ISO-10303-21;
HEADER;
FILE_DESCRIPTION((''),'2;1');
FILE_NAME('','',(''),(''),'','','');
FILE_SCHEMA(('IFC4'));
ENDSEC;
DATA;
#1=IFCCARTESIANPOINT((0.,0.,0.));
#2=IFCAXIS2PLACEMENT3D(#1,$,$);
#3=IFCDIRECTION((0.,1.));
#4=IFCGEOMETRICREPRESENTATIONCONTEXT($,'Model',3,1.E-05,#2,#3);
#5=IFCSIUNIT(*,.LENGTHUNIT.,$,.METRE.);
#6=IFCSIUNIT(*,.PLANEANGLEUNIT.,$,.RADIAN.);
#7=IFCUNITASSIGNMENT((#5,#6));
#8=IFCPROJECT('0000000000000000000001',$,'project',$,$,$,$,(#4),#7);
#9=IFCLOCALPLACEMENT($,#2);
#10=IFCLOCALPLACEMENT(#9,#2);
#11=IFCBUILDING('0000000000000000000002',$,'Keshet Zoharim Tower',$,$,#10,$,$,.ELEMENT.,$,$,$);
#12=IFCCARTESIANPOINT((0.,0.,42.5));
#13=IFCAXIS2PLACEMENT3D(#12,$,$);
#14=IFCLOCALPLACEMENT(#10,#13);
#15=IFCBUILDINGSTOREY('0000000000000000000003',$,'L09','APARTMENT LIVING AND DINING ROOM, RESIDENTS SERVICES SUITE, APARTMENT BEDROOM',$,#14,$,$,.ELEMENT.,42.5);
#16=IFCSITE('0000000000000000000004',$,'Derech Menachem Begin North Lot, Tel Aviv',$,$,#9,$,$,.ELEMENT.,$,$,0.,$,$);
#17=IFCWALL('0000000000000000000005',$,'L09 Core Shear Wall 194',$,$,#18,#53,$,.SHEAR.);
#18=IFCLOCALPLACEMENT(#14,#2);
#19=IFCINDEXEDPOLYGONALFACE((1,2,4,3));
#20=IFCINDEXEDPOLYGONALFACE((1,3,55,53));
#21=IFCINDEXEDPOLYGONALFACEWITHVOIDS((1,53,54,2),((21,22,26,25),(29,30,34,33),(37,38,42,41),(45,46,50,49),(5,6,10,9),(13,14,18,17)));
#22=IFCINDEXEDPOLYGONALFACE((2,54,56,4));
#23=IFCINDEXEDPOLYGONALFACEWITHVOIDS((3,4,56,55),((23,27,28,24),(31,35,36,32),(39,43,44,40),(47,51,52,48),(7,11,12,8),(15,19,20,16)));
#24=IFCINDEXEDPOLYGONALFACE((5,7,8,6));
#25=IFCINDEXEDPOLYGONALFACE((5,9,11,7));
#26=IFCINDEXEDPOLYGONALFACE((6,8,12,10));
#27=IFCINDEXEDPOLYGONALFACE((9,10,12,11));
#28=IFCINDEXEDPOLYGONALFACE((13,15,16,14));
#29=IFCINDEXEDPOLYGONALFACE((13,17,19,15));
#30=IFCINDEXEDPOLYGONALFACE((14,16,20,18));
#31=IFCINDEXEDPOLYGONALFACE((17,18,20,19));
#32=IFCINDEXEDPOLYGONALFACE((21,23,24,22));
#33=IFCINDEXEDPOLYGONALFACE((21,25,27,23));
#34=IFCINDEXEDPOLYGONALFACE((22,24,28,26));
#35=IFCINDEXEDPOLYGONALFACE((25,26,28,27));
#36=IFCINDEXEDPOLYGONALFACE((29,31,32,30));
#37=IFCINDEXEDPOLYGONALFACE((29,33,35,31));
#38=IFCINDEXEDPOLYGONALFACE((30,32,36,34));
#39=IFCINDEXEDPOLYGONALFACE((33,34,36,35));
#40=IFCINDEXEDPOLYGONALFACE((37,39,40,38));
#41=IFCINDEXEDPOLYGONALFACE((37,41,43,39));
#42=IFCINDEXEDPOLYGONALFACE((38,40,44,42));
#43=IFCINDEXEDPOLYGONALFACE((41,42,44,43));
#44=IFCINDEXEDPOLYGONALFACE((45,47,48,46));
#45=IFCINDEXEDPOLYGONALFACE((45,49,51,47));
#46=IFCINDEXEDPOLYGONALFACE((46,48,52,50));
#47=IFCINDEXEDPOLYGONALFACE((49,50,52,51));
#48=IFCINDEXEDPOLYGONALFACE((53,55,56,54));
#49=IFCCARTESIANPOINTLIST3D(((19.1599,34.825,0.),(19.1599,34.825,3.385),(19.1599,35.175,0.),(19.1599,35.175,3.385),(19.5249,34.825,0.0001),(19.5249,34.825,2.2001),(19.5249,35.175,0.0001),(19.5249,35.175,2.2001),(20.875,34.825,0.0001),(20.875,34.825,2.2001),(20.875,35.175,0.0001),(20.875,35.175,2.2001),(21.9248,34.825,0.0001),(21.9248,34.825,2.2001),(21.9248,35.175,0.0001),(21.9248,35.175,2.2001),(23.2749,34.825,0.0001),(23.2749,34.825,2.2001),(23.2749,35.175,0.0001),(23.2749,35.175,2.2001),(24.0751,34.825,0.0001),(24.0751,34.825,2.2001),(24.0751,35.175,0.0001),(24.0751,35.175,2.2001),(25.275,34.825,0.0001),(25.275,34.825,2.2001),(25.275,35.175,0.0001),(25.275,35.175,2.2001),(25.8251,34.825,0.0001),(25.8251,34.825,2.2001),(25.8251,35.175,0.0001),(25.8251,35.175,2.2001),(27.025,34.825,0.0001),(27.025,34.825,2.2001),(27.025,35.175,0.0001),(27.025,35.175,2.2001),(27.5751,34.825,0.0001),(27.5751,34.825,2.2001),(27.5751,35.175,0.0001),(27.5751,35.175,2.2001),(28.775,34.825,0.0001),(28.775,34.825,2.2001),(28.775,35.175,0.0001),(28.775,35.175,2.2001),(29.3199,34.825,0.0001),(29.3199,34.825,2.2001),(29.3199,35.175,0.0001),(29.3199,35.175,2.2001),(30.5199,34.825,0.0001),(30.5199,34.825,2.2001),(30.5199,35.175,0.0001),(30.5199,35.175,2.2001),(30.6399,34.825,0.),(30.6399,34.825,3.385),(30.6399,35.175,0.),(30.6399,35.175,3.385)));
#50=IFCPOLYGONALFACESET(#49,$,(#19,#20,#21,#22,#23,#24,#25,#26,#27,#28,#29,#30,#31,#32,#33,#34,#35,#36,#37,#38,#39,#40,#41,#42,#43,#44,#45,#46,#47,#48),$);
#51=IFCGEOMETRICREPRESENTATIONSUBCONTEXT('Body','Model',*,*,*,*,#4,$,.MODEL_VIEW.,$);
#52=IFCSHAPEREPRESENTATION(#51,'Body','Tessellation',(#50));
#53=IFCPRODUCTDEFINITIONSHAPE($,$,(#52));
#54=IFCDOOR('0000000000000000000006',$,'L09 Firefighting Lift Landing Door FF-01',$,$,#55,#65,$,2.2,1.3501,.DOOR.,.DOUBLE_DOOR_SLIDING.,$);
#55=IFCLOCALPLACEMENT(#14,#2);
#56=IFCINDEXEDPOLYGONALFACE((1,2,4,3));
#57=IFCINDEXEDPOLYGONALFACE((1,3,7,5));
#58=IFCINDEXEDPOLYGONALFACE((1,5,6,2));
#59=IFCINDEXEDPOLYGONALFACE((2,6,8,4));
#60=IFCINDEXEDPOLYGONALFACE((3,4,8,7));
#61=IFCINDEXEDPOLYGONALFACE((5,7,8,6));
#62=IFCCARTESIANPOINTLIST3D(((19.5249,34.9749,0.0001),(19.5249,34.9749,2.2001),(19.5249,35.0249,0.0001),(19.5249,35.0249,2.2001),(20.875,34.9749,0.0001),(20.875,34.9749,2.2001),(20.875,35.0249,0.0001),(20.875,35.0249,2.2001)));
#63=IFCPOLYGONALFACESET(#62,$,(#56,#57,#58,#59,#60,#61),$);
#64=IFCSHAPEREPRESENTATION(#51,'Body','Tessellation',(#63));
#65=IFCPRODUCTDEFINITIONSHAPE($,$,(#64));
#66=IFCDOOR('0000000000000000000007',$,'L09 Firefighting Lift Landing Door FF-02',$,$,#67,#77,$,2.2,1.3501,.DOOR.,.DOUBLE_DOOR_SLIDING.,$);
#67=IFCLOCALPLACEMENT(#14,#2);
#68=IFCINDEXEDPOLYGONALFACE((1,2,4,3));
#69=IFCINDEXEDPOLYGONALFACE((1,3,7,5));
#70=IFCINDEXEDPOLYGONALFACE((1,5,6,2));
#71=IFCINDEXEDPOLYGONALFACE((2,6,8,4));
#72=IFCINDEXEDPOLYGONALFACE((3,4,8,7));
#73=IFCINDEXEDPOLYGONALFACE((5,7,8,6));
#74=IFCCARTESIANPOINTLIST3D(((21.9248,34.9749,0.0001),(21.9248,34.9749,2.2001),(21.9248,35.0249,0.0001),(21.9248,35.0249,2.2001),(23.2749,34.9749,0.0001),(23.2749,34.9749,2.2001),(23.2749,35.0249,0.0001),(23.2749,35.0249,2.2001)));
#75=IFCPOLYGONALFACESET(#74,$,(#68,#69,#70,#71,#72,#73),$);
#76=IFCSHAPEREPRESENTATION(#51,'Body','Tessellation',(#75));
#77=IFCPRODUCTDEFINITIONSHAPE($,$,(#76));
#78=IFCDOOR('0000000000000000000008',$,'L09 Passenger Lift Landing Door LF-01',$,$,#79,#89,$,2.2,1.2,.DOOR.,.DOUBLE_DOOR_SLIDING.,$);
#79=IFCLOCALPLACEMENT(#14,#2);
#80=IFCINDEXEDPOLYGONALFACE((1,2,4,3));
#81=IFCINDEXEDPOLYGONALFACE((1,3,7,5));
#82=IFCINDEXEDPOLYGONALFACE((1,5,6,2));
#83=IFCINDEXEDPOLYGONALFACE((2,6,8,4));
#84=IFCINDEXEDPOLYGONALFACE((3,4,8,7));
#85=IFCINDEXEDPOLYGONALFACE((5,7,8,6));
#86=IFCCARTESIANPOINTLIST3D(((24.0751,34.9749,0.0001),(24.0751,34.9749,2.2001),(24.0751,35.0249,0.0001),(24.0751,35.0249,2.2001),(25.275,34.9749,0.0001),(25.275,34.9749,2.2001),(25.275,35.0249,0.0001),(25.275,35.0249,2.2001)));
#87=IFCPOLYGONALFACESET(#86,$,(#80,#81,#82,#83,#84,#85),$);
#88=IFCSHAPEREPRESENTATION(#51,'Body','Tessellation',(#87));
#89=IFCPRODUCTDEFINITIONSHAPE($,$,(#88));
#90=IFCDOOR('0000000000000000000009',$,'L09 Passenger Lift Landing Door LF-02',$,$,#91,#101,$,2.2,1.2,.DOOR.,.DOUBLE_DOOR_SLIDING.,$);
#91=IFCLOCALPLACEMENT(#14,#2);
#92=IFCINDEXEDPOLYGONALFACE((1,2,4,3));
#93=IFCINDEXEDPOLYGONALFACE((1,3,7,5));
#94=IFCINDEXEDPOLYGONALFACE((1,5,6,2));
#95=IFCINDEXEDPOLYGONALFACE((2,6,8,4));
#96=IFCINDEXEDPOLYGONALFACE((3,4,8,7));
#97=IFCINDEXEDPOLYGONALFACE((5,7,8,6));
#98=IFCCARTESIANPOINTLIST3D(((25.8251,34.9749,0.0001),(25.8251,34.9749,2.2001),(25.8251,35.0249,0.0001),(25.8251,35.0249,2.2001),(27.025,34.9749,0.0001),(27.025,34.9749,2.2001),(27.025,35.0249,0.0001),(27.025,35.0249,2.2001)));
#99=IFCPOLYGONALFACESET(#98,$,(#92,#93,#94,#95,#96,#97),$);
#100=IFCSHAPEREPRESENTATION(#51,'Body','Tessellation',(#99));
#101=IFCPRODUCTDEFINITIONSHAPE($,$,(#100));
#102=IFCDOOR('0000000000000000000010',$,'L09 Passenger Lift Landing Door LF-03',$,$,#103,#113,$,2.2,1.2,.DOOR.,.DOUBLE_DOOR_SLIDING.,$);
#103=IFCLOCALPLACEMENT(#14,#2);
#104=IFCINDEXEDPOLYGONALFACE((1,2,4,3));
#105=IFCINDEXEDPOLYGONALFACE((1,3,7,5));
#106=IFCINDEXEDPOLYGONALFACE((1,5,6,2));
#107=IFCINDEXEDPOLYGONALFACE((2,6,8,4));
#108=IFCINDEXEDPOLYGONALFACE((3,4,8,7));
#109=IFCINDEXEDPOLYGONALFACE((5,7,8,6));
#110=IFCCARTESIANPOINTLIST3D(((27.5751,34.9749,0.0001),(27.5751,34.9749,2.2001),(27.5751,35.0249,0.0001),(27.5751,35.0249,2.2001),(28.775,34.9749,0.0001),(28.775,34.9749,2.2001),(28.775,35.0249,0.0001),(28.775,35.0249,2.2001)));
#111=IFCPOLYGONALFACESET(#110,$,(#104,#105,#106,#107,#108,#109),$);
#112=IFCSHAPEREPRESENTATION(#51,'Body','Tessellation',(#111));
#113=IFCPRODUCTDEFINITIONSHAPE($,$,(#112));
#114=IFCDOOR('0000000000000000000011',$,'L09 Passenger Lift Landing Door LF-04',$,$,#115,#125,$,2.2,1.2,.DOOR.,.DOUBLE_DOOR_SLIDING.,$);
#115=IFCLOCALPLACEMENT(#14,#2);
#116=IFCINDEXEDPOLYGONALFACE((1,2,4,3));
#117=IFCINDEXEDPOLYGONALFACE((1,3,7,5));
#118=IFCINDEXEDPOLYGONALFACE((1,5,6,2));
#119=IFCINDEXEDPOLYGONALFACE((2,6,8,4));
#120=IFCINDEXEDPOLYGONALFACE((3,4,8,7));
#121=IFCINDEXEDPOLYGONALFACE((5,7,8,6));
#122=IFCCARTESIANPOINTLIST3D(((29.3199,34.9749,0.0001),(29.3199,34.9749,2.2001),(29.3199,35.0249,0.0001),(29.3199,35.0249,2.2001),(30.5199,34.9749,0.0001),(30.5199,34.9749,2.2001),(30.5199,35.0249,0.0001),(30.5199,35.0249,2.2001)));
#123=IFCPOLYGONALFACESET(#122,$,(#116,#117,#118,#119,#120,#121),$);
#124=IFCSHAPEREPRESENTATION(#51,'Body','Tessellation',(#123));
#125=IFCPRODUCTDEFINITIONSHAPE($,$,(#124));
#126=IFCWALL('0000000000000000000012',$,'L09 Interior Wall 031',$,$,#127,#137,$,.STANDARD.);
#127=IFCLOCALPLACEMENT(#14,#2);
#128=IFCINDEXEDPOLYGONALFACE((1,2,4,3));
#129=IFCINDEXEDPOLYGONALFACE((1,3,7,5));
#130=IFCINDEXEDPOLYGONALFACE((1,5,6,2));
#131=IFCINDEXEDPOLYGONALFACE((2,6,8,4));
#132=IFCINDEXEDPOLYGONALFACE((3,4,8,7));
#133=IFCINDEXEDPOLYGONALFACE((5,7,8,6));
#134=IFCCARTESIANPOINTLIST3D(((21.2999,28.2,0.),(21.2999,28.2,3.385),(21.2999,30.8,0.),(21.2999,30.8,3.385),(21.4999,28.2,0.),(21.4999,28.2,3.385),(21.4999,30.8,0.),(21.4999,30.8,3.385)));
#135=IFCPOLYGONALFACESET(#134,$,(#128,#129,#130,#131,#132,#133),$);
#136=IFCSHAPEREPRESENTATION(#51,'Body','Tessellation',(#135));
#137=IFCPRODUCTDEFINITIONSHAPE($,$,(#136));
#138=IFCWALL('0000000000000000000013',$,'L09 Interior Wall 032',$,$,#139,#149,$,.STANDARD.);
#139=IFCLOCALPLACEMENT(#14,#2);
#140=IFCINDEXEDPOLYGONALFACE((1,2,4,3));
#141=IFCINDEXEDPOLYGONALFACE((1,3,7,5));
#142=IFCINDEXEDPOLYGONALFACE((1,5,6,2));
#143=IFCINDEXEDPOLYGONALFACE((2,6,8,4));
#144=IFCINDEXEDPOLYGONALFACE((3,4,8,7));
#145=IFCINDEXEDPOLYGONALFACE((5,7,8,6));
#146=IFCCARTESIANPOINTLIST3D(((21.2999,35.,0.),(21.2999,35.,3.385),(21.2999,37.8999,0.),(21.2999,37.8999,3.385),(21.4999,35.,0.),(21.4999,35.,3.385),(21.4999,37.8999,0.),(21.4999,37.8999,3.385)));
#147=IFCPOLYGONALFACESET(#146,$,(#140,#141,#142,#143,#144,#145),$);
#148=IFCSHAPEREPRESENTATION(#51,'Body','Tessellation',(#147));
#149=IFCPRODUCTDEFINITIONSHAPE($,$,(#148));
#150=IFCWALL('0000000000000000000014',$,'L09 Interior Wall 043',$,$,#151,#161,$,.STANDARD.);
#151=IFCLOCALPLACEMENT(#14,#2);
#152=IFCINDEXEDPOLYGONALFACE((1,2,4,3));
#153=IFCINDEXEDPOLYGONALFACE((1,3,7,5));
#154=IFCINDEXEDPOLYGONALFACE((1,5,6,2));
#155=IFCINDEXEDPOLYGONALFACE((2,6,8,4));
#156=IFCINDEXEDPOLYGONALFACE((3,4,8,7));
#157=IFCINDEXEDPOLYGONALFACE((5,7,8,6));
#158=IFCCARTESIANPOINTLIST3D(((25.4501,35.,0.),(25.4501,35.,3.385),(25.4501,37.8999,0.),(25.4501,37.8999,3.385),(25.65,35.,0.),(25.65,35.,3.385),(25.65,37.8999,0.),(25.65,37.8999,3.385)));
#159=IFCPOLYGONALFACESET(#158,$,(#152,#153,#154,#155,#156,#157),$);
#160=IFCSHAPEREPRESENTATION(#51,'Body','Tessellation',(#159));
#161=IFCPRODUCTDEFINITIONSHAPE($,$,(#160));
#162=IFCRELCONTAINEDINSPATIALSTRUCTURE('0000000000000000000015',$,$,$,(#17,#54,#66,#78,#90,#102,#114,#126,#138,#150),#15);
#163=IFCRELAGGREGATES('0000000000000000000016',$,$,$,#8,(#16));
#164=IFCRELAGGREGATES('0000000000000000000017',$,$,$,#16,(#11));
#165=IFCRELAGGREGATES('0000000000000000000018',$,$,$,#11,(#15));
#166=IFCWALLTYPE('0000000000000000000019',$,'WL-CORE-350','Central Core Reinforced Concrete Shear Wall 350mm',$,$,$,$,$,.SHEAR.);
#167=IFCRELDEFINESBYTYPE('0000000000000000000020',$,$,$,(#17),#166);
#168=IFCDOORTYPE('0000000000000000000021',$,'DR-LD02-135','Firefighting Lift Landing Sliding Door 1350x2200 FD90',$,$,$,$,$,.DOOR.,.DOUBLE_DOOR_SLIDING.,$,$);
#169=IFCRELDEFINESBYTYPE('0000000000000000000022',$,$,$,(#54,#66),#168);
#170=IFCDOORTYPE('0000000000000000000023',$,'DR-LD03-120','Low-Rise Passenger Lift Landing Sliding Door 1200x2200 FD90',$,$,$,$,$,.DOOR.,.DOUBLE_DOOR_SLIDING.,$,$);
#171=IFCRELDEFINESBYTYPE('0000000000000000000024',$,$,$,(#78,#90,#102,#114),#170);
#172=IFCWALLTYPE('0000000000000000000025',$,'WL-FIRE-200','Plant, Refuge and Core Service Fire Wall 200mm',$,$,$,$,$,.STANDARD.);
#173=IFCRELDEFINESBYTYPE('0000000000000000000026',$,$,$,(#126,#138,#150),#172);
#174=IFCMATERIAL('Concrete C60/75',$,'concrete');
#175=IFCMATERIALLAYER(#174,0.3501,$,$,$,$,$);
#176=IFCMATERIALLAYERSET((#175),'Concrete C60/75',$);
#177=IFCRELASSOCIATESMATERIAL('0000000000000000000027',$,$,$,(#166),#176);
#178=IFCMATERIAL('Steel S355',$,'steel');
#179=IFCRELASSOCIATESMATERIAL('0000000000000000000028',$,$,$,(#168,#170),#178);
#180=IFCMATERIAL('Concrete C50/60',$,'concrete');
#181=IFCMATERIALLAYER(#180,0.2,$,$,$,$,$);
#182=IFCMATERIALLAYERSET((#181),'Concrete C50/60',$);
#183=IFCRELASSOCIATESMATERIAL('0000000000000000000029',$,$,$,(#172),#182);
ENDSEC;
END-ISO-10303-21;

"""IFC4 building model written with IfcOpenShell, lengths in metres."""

from ifc_helpers import new_model, si_unit, direction, frame, frame_2d, origin, place, context, subcontext, project, spatial, rectangle, extrude, material, layer, layer_set, type_object, element, fill, save


model = new_model("IFC4")

# Units and contexts
model_context = context("Model", 3, precision=1e-05, world=origin(), true_north=direction((0.0, 1.0)))
body_context = subcontext(model_context, "Body", "Model", "MODEL_VIEW")
ifc_project = project(units=[si_unit("LENGTHUNIT", "METRE"), si_unit("PLANEANGLEUNIT", "RADIAN")], contexts=[model_context])

# Site, building, storey
site_placement = place(None, origin())
site = spatial("IfcSite", under=ifc_project, at=site_placement, Name="Derech Menachem Begin North Lot, Tel Aviv", CompositionType="ELEMENT", RefElevation=0.0)
building_placement = place(site_placement, origin())
building = spatial("IfcBuilding", under=site, at=building_placement, Name="Keshet Zoharim Tower", CompositionType="ELEMENT")
storey_placement = place(building_placement, frame((0.0, 0.0, 42.5)))
storey = spatial("IfcBuildingStorey", under=building, at=storey_placement, Name="L09", Description="APARTMENT LIVING AND DINING ROOM, RESIDENTS SERVICES SUITE, APARTMENT BEDROOM", CompositionType="ELEMENT", Elevation=42.5)

# Shared definitions
ifc_material_1 = material(Name="Concrete C60/75", Category="concrete")
ifc_layer_1 = layer(ifc_material_1, 0.3501)
ifc_layer_set_1 = layer_set([ifc_layer_1], Name="Concrete C60/75")
wall_type_1 = type_object("IfcWallType", Name="WL-CORE-350", Description="Central Core Reinforced Concrete Shear Wall 350mm", PredefinedType="SHEAR", material=ifc_layer_set_1)

# Shared definitions
ifc_material_2 = material(Name="Steel S355", Category="steel")

# Wall, openings, doors
wall_1_placement = place(storey_placement, frame((19.1599, 35.0, 0.0), z_axis=(0.0, 0.0, 1.0), x_axis=(1.0, 0.0, 0.0)))
wall_1 = element("IfcWall", 1, at=wall_1_placement, inside=storey, type_object=wall_type_1, Name="L09 Core Shear Wall 194", PredefinedType="SHEAR", context=body_context, shape_type="SweptSolid", body=[
    extrude(rectangle(XDim=11.48, YDim=0.3501, at=frame_2d((5.74, 0.0))), origin(), (0.0, 0.0, 1.0), 3.385),
])
opening_1_placement = place(wall_1_placement, frame((0.365, 0.0, 0.0)))
opening_1 = element("IfcOpeningElement", 2, at=opening_1_placement, cuts=wall_1, PredefinedType="OPENING", context=body_context, shape_type="SweptSolid", body=[
    extrude(rectangle(XDim=1.3501, YDim=2.2, at=frame_2d((0.675, 1.1001))), frame((0.0, 0.1851, 0.0), z_axis=(0.0, -1.0, 0.0), x_axis=(1.0, 0.0, 0.0)), (0.0, 0.0, 1.0), 0.3701),
])
opening_2_placement = place(wall_1_placement, frame((2.7649, 0.0, 0.0)))
opening_2 = element("IfcOpeningElement", 3, at=opening_2_placement, cuts=wall_1, PredefinedType="OPENING", context=body_context, shape_type="SweptSolid", body=[
    extrude(rectangle(XDim=1.3501, YDim=2.2, at=frame_2d((0.675, 1.1001))), frame((0.0, 0.1851, 0.0), z_axis=(0.0, -1.0, 0.0), x_axis=(1.0, 0.0, 0.0)), (0.0, 0.0, 1.0), 0.3701),
])
opening_3_placement = place(wall_1_placement, frame((4.915, 0.0, 0.0)))
opening_3 = element("IfcOpeningElement", 4, at=opening_3_placement, cuts=wall_1, PredefinedType="OPENING", context=body_context, shape_type="SweptSolid", body=[
    extrude(rectangle(XDim=1.2, YDim=2.2, at=frame_2d((0.6001, 1.1001))), frame((0.0, 0.1851, 0.0), z_axis=(0.0, -1.0, 0.0), x_axis=(1.0, 0.0, 0.0)), (0.0, 0.0, 1.0), 0.3701),
])
opening_4_placement = place(wall_1_placement, frame((6.665, 0.0, 0.0)))
opening_4 = element("IfcOpeningElement", 5, at=opening_4_placement, cuts=wall_1, PredefinedType="OPENING", context=body_context, shape_type="SweptSolid", body=[
    extrude(rectangle(XDim=1.2, YDim=2.2, at=frame_2d((0.6001, 1.1001))), frame((0.0, 0.1851, 0.0), z_axis=(0.0, -1.0, 0.0), x_axis=(1.0, 0.0, 0.0)), (0.0, 0.0, 1.0), 0.3701),
])
opening_5_placement = place(wall_1_placement, frame((8.415, 0.0, 0.0)))
opening_5 = element("IfcOpeningElement", 6, at=opening_5_placement, cuts=wall_1, PredefinedType="OPENING", context=body_context, shape_type="SweptSolid", body=[
    extrude(rectangle(XDim=1.2, YDim=2.2, at=frame_2d((0.6001, 1.1001))), frame((0.0, 0.1851, 0.0), z_axis=(0.0, -1.0, 0.0), x_axis=(1.0, 0.0, 0.0)), (0.0, 0.0, 1.0), 0.3701),
])
opening_6_placement = place(wall_1_placement, frame((10.1599, 0.0, 0.0)))
opening_6 = element("IfcOpeningElement", 7, at=opening_6_placement, cuts=wall_1, PredefinedType="OPENING", context=body_context, shape_type="SweptSolid", body=[
    extrude(rectangle(XDim=1.2, YDim=2.2, at=frame_2d((0.6001, 1.1001))), frame((0.0, 0.1851, 0.0), z_axis=(0.0, -1.0, 0.0), x_axis=(1.0, 0.0, 0.0)), (0.0, 0.0, 1.0), 0.3701),
])
door_type_1 = type_object("IfcDoorType", Name="DR-LD02-135", Description="Firefighting Lift Landing Sliding Door 1350x2200 FD90", OperationType="DOUBLE_DOOR_SLIDING", PredefinedType="DOOR", material=ifc_material_2)
door_1_placement = place(opening_1_placement, origin())
door_1 = element("IfcDoor", 8, at=door_1_placement, inside=storey, type_object=door_type_1, Name="L09 Firefighting Lift Landing Door FF-01", OperationType="DOUBLE_DOOR_SLIDING", OverallHeight=2.2, OverallWidth=1.3501, PredefinedType="DOOR", context=body_context, shape_type="SweptSolid", body=[
    extrude(rectangle(XDim=1.3501, YDim=2.2, at=frame_2d((0.675, 1.1001))), frame((0.0, 0.0249, 0.0), z_axis=(0.0, -1.0, 0.0), x_axis=(1.0, 0.0, 0.0)), (0.0, 0.0, 1.0), 0.05),
])
fill(opening_1, door_1)
door_2_placement = place(opening_2_placement, origin())
door_2 = element("IfcDoor", 9, at=door_2_placement, inside=storey, type_object=door_type_1, Name="L09 Firefighting Lift Landing Door FF-02", OperationType="DOUBLE_DOOR_SLIDING", OverallHeight=2.2, OverallWidth=1.3501, PredefinedType="DOOR", context=body_context, shape_type="SweptSolid", body=[
    extrude(rectangle(XDim=1.3501, YDim=2.2, at=frame_2d((0.675, 1.1001))), frame((0.0, 0.0249, 0.0), z_axis=(0.0, -1.0, 0.0), x_axis=(1.0, 0.0, 0.0)), (0.0, 0.0, 1.0), 0.05),
])
fill(opening_2, door_2)
door_type_2 = type_object("IfcDoorType", Name="DR-LD03-120", Description="Low-Rise Passenger Lift Landing Sliding Door 1200x2200 FD90", OperationType="DOUBLE_DOOR_SLIDING", PredefinedType="DOOR", material=ifc_material_2)
door_3_placement = place(opening_3_placement, origin())
door_3 = element("IfcDoor", 10, at=door_3_placement, inside=storey, type_object=door_type_2, Name="L09 Passenger Lift Landing Door LF-01", OperationType="DOUBLE_DOOR_SLIDING", OverallHeight=2.2, OverallWidth=1.2, PredefinedType="DOOR", context=body_context, shape_type="SweptSolid", body=[
    extrude(rectangle(XDim=1.2, YDim=2.2, at=frame_2d((0.6001, 1.1001))), frame((0.0, 0.0249, 0.0), z_axis=(0.0, -1.0, 0.0), x_axis=(1.0, 0.0, 0.0)), (0.0, 0.0, 1.0), 0.05),
])
fill(opening_3, door_3)
door_4_placement = place(opening_4_placement, origin())
door_4 = element("IfcDoor", 11, at=door_4_placement, inside=storey, type_object=door_type_2, Name="L09 Passenger Lift Landing Door LF-02", OperationType="DOUBLE_DOOR_SLIDING", OverallHeight=2.2, OverallWidth=1.2, PredefinedType="DOOR", context=body_context, shape_type="SweptSolid", body=[
    extrude(rectangle(XDim=1.2, YDim=2.2, at=frame_2d((0.6001, 1.1001))), frame((0.0, 0.0249, 0.0), z_axis=(0.0, -1.0, 0.0), x_axis=(1.0, 0.0, 0.0)), (0.0, 0.0, 1.0), 0.05),
])
fill(opening_4, door_4)
door_5_placement = place(opening_5_placement, origin())
door_5 = element("IfcDoor", 12, at=door_5_placement, inside=storey, type_object=door_type_2, Name="L09 Passenger Lift Landing Door LF-03", OperationType="DOUBLE_DOOR_SLIDING", OverallHeight=2.2, OverallWidth=1.2, PredefinedType="DOOR", context=body_context, shape_type="SweptSolid", body=[
    extrude(rectangle(XDim=1.2, YDim=2.2, at=frame_2d((0.6001, 1.1001))), frame((0.0, 0.0249, 0.0), z_axis=(0.0, -1.0, 0.0), x_axis=(1.0, 0.0, 0.0)), (0.0, 0.0, 1.0), 0.05),
])
fill(opening_5, door_5)
door_6_placement = place(opening_6_placement, origin())
door_6 = element("IfcDoor", 13, at=door_6_placement, inside=storey, type_object=door_type_2, Name="L09 Passenger Lift Landing Door LF-04", OperationType="DOUBLE_DOOR_SLIDING", OverallHeight=2.2, OverallWidth=1.2, PredefinedType="DOOR", context=body_context, shape_type="SweptSolid", body=[
    extrude(rectangle(XDim=1.2, YDim=2.2, at=frame_2d((0.6001, 1.1001))), frame((0.0, 0.0249, 0.0), z_axis=(0.0, -1.0, 0.0), x_axis=(1.0, 0.0, 0.0)), (0.0, 0.0, 1.0), 0.05),
])
fill(opening_6, door_6)

# Walls
ifc_material_3 = material(Name="Concrete C50/60", Category="concrete")
ifc_layer_2 = layer(ifc_material_3, 0.2)
ifc_layer_set_2 = layer_set([ifc_layer_2], Name="Concrete C50/60")
wall_type_2 = type_object("IfcWallType", Name="WL-FIRE-200", Description="Plant, Refuge and Core Service Fire Wall 200mm", PredefinedType="STANDARD", material=ifc_layer_set_2)
wall_2_placement = place(storey_placement, frame((21.3999, 28.2, 0.0), z_axis=(0.0, 0.0, 1.0), x_axis=(0.0, 1.0, 0.0)))
element("IfcWall", 14, at=wall_2_placement, inside=storey, type_object=wall_type_2, Name="L09 Interior Wall 031", PredefinedType="STANDARD", context=body_context, shape_type="SweptSolid", body=[
    extrude(rectangle(XDim=2.6001, YDim=0.2, at=frame_2d((1.3, 0.0))), origin(), (0.0, 0.0, 1.0), 3.385),
])
for number, where, z_axis, x_axis, name in (
    (15, (21.3999, 35.0, 0.0), (0.0, 0.0, 1.0), (0.0, 1.0, 0.0), "L09 Interior Wall 032"),
    (16, (25.55, 35.0, 0.0), (0.0, 0.0, 1.0), (0.0, 1.0, 0.0), "L09 Interior Wall 043"),
):
    element("IfcWall", number, at=place(storey_placement, frame(where, z_axis=z_axis, x_axis=x_axis)), inside=storey, type_object=wall_type_2, Name=name, PredefinedType="STANDARD", context=body_context, shape_type="SweptSolid", body=[
        extrude(rectangle(XDim=2.8999, YDim=0.2, at=frame_2d((1.45, 0.0))), origin(), (0.0, 0.0, 1.0), 3.385),
    ])

save(model, "model.ifc")
